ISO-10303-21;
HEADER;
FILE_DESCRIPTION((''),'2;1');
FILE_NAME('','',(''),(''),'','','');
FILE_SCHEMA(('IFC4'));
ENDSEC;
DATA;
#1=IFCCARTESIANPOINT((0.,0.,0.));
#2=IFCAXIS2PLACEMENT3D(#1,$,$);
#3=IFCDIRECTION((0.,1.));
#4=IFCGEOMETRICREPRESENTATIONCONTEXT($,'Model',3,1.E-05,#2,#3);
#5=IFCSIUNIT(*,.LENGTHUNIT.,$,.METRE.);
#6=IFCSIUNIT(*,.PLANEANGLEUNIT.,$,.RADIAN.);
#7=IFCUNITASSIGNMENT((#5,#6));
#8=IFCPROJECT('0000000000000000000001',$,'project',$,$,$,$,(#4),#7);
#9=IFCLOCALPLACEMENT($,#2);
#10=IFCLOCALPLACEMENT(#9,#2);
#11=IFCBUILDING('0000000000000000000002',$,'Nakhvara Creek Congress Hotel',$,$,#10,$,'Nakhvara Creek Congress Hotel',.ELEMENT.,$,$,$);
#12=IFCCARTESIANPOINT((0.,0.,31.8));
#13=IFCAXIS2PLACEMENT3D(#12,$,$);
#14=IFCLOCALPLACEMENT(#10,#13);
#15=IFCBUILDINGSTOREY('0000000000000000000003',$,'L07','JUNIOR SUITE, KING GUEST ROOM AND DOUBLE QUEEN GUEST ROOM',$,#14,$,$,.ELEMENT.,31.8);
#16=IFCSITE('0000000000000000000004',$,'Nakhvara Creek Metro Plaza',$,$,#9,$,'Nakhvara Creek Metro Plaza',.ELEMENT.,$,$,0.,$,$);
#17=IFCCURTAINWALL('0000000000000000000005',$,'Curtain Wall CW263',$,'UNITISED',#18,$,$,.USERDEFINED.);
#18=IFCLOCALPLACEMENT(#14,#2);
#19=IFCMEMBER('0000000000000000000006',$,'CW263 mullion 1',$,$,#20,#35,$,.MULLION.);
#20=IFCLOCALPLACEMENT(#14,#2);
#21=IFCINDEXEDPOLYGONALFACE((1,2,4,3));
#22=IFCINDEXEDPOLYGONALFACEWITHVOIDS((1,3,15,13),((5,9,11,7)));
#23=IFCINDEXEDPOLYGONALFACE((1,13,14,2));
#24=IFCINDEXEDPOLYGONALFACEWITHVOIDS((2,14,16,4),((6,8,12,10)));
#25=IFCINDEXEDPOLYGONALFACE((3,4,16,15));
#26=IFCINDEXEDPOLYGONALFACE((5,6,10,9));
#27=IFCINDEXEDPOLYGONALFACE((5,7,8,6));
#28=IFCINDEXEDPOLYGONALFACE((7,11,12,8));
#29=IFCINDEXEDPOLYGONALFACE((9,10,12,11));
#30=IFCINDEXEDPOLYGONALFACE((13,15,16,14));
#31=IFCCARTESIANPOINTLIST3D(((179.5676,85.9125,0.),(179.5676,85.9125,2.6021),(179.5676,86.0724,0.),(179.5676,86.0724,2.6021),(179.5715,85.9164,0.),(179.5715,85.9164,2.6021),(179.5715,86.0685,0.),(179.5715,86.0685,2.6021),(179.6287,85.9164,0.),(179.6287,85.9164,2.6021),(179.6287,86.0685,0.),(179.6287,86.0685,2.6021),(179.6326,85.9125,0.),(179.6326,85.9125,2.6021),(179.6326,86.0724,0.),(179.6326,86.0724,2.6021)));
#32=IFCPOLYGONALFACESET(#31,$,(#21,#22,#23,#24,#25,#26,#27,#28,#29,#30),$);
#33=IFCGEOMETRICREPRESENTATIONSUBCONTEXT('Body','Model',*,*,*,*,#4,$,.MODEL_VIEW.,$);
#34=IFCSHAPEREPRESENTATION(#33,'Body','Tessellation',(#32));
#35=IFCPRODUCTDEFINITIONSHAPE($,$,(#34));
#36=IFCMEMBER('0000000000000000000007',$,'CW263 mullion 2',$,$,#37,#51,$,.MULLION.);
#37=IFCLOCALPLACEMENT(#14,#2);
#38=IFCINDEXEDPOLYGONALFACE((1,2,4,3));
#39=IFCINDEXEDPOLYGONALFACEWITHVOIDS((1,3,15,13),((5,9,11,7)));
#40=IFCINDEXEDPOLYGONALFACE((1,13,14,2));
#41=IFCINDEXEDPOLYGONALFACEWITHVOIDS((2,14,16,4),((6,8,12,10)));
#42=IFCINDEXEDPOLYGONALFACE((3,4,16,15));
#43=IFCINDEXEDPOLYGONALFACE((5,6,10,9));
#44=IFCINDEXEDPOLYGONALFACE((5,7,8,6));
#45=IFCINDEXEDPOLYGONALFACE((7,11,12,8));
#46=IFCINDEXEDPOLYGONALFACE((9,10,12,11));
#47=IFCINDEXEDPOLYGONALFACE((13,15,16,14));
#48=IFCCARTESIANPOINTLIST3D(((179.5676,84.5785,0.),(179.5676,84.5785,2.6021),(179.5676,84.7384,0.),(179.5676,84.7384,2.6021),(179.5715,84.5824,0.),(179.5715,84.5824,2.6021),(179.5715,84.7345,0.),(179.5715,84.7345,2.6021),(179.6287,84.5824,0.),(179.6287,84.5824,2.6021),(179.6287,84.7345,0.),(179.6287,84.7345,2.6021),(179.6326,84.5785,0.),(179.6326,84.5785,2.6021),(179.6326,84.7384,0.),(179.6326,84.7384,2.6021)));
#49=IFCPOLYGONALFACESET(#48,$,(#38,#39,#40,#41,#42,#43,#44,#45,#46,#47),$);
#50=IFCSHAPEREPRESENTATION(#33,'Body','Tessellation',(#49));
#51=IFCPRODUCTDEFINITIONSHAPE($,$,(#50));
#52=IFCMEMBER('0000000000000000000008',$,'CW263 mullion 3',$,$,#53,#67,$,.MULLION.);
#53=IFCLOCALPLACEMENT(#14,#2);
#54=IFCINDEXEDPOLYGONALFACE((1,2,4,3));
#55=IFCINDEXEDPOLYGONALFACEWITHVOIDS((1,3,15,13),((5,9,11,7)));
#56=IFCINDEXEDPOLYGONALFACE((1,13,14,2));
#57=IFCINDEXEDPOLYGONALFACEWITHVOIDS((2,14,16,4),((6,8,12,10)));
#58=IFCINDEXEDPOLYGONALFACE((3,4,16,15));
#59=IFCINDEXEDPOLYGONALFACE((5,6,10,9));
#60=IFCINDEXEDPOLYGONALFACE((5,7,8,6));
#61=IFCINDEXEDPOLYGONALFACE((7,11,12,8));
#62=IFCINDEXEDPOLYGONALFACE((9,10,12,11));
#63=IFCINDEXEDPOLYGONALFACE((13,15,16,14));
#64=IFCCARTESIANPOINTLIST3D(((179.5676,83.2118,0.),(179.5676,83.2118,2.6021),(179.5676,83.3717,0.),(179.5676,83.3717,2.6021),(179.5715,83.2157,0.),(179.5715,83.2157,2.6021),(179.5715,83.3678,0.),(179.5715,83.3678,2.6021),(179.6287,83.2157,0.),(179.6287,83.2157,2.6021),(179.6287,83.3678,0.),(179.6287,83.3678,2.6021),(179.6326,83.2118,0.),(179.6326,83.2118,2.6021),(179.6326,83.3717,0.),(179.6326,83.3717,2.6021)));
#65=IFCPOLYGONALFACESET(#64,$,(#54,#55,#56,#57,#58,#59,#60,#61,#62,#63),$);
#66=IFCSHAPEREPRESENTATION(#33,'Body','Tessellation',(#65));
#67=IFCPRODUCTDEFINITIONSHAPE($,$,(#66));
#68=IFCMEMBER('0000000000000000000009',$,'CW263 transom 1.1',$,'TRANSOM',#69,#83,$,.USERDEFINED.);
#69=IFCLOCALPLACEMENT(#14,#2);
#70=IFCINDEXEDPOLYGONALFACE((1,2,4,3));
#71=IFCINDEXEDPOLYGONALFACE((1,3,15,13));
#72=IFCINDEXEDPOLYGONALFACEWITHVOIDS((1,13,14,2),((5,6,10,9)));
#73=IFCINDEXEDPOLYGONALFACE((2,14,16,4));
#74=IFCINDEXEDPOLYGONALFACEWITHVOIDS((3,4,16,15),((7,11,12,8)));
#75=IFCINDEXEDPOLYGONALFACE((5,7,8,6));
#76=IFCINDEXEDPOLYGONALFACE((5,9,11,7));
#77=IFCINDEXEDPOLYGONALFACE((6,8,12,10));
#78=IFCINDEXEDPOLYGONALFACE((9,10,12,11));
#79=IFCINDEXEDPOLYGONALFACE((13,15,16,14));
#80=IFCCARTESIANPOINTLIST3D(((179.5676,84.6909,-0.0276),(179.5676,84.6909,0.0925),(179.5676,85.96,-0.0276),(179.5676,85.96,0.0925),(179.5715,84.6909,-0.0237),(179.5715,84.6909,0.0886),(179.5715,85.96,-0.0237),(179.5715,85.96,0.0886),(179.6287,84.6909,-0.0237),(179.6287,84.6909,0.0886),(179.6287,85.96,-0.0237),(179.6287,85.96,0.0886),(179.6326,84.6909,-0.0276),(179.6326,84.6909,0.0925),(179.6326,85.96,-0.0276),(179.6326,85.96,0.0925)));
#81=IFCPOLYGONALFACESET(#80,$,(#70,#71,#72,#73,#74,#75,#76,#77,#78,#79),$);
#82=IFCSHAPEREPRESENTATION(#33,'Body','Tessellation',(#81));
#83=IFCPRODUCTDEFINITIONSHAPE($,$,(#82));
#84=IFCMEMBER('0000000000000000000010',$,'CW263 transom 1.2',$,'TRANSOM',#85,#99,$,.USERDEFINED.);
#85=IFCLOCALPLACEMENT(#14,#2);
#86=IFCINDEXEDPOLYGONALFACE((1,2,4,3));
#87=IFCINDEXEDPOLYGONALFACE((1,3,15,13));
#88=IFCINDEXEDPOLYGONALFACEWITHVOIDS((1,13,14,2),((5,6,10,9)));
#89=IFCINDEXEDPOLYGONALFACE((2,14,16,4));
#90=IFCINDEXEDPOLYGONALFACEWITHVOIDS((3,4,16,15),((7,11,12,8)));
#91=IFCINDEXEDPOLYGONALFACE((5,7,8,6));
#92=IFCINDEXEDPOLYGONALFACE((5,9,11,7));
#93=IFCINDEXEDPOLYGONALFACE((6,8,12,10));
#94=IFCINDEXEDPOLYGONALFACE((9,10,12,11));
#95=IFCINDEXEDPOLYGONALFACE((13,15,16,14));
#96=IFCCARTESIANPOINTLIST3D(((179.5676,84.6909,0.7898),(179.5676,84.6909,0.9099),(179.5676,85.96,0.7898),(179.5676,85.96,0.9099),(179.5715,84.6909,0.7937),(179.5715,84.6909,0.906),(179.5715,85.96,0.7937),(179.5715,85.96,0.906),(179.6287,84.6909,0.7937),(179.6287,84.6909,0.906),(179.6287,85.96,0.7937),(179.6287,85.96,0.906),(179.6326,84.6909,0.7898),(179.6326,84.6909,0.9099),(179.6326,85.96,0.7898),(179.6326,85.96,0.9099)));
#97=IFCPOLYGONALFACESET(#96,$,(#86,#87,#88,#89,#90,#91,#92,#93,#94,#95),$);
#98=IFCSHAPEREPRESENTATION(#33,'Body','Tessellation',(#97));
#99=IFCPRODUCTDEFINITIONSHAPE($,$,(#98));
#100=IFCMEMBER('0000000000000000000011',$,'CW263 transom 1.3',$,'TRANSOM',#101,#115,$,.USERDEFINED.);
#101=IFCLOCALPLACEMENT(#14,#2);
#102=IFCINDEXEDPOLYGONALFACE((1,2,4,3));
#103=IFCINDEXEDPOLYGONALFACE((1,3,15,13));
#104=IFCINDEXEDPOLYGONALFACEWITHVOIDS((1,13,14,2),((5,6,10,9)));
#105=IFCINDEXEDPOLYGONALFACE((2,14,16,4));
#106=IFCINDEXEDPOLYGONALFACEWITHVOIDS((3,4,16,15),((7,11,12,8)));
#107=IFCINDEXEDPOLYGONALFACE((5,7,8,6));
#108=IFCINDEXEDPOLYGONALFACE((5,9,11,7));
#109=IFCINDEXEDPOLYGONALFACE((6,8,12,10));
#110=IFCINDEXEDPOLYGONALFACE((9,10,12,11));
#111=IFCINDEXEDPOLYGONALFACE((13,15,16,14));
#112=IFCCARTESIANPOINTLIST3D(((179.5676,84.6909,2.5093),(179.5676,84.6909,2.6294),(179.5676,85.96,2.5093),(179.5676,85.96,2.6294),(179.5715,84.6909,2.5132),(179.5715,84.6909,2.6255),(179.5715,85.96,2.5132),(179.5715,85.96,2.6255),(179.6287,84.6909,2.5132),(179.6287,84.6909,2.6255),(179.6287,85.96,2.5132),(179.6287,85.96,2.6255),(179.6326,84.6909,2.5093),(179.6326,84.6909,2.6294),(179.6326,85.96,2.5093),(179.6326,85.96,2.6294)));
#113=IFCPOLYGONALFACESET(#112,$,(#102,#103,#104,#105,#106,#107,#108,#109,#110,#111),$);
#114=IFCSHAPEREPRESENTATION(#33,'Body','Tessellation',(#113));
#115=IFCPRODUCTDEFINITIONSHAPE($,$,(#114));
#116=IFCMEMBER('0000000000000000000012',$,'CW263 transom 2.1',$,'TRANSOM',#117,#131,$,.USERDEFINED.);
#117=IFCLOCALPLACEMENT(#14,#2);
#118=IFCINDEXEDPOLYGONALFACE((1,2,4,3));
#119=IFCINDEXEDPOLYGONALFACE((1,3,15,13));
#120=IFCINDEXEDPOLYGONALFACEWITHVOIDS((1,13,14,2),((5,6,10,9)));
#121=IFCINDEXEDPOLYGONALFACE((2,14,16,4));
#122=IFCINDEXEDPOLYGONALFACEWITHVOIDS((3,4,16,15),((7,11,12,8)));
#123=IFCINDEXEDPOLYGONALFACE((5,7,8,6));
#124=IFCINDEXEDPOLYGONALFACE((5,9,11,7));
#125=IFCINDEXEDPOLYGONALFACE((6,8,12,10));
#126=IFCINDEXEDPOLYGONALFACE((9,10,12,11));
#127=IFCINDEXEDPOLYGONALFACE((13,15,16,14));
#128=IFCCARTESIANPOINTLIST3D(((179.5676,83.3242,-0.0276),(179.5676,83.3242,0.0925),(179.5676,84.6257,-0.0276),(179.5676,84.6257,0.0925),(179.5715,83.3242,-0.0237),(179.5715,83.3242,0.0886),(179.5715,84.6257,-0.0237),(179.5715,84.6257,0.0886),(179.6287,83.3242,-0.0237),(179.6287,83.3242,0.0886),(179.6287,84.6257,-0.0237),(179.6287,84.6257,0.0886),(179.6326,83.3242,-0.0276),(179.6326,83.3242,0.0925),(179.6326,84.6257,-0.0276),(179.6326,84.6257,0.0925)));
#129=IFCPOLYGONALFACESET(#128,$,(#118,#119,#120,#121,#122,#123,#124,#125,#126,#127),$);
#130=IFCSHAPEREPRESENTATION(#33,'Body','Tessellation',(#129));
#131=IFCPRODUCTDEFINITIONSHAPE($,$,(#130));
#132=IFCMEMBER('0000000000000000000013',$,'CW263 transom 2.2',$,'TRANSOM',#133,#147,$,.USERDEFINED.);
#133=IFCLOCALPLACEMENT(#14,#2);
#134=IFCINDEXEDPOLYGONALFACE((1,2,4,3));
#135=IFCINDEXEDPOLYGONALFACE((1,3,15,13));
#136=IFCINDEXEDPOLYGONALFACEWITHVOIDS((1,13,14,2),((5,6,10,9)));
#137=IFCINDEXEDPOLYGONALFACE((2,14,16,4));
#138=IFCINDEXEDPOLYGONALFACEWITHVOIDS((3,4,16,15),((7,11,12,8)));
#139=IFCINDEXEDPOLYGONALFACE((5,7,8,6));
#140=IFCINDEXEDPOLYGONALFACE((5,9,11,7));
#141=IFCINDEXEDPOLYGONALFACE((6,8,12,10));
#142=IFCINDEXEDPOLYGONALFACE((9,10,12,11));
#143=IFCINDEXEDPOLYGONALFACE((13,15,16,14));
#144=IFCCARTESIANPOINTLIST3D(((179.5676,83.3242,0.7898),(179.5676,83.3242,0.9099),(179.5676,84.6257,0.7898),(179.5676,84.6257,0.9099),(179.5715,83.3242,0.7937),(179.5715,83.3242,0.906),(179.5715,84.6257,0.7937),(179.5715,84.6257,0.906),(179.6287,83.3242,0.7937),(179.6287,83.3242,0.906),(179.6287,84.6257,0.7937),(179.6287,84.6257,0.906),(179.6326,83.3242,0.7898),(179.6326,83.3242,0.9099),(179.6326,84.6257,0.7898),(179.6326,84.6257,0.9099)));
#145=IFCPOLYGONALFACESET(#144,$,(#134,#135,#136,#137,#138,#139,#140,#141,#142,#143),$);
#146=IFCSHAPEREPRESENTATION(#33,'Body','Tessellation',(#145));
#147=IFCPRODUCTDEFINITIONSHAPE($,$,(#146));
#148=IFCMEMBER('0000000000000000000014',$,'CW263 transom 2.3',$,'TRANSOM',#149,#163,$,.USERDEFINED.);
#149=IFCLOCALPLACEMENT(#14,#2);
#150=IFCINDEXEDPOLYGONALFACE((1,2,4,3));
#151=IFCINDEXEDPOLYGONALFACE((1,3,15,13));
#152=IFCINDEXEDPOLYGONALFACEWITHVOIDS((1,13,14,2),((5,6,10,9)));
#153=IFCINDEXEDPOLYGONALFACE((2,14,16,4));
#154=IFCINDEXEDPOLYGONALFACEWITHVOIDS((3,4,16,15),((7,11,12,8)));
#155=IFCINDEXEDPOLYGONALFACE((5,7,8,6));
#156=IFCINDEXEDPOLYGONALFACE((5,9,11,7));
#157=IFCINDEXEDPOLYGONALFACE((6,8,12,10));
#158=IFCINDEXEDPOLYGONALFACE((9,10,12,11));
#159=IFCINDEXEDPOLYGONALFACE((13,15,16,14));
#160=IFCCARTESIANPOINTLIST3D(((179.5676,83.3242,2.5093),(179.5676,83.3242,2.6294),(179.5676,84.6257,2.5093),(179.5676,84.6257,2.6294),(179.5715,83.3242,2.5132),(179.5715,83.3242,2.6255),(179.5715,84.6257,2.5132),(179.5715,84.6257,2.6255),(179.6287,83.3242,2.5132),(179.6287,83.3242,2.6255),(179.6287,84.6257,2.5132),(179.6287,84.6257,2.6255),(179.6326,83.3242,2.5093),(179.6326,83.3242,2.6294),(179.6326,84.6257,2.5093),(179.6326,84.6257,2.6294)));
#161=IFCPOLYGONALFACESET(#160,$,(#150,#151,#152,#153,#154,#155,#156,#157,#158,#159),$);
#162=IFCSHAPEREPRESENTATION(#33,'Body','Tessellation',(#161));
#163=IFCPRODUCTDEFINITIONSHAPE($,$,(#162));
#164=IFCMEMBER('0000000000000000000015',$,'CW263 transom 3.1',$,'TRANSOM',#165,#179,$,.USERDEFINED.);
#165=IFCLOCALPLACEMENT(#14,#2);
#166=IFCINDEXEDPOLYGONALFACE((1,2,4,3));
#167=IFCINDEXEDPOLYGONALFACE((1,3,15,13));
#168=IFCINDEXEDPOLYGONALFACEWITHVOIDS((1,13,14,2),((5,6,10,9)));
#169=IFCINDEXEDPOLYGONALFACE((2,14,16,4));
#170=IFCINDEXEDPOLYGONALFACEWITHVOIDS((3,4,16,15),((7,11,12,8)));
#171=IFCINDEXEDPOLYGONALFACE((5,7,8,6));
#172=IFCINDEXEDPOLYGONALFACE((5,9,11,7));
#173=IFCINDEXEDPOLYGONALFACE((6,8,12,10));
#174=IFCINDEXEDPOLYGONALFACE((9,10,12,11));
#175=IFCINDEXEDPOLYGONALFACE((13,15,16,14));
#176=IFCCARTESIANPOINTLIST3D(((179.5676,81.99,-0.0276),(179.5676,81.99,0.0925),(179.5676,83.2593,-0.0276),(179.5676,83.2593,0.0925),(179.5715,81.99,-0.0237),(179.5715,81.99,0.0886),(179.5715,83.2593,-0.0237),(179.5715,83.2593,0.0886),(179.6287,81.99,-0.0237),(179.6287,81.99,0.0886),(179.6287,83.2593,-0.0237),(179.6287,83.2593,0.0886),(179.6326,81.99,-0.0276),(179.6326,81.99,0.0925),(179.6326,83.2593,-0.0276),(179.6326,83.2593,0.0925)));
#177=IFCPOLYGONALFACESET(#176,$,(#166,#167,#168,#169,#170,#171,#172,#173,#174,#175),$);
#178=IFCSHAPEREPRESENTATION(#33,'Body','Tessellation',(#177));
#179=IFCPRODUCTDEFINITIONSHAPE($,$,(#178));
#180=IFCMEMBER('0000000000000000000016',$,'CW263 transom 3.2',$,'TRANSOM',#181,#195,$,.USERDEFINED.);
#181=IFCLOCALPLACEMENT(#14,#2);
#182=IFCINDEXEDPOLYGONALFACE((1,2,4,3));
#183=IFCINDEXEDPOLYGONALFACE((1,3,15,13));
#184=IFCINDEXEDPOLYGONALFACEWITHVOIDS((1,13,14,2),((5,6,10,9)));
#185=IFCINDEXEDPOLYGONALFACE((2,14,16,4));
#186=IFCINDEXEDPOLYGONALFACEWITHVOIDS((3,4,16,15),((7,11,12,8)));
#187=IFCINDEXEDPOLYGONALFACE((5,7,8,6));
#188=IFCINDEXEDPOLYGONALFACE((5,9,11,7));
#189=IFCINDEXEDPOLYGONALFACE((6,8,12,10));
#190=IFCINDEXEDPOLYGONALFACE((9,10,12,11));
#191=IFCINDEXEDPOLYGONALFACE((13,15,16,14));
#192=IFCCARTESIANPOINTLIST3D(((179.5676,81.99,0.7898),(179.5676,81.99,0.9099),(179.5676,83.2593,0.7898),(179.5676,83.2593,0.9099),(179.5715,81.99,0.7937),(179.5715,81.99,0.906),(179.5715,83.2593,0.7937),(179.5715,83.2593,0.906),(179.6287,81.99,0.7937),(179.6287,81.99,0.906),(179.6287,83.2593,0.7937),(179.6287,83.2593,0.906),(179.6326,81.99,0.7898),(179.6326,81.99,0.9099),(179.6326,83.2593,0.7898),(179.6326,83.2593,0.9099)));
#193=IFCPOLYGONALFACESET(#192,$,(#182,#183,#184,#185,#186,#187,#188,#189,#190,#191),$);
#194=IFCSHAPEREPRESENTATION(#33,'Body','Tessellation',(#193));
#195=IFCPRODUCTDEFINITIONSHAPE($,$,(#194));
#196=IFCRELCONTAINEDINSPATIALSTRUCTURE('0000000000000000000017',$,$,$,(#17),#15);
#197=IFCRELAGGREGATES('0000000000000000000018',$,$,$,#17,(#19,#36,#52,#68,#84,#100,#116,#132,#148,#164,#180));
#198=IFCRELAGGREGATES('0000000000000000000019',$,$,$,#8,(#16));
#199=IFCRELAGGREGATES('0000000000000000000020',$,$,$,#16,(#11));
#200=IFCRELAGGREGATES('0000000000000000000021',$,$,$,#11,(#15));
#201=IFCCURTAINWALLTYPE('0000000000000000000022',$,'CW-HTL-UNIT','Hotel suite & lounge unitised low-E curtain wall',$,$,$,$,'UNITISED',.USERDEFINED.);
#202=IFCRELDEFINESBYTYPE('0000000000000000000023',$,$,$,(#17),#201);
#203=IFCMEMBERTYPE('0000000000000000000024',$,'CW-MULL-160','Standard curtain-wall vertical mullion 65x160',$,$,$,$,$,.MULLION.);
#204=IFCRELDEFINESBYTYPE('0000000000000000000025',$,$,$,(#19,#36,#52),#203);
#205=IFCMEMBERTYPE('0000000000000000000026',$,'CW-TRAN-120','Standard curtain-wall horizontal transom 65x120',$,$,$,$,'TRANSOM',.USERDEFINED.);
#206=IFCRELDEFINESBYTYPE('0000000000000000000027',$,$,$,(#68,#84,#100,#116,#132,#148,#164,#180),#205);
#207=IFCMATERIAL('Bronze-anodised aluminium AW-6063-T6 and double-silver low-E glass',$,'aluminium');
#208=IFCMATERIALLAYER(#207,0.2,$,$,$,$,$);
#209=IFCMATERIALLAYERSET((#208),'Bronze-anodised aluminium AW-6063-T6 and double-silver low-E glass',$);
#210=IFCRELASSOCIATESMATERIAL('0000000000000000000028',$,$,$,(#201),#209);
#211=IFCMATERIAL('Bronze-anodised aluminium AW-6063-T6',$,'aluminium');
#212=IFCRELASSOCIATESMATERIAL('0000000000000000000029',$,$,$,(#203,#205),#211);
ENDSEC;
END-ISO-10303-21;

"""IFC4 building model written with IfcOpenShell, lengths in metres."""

from ifc_helpers import new_model, si_unit, direction, frame, origin, origin_2d, place, context, subcontext, project, spatial, hollow_rectangle, extrude, material, layer, layer_set, material_profile, profile_set, type_object, element, aggregate, save


model = new_model("IFC4")

# Units and contexts
model_context = context("Model", 3, precision=1e-05, world=origin(), true_north=direction((0.0, 1.0)))
body_context = subcontext(model_context, "Body", "Model", "MODEL_VIEW")
ifc_project = project(units=[si_unit("LENGTHUNIT", "METRE"), si_unit("PLANEANGLEUNIT", "RADIAN")], contexts=[model_context])

# Site, building, storey
site_placement = place(None, origin())
site = spatial("IfcSite", under=ifc_project, at=site_placement, Name="Nakhvara Creek Metro Plaza", LongName="Nakhvara Creek Metro Plaza", CompositionType="ELEMENT", RefElevation=0.0)
building_placement = place(site_placement, origin())
building = spatial("IfcBuilding", under=site, at=building_placement, Name="Nakhvara Creek Congress Hotel", LongName="Nakhvara Creek Congress Hotel", CompositionType="ELEMENT")
storey_placement = place(building_placement, frame((0.0, 0.0, 31.8)))
storey = spatial("IfcBuildingStorey", under=building, at=storey_placement, Name="L07", Description="JUNIOR SUITE, KING GUEST ROOM AND DOUBLE QUEEN GUEST ROOM", CompositionType="ELEMENT", Elevation=31.8)

# Curtain wall, members
ifc_material_1 = material(Name="Bronze-anodised aluminium AW-6063-T6 and double-silver low-E glass", Category="aluminium")
ifc_layer_1 = layer(ifc_material_1, 0.2)
ifc_layer_set_1 = layer_set([ifc_layer_1], Name="Bronze-anodised aluminium AW-6063-T6 and double-silver low-E glass")
curtain_wall_type = type_object("IfcCurtainWallType", Name="CW-HTL-UNIT", Description="Hotel suite & lounge unitised low-E curtain wall", ElementType="UNITISED", PredefinedType="USERDEFINED", material=ifc_layer_set_1)
curtain_wall_placement = place(storey_placement, origin())
curtain_wall = element("IfcCurtainWall", 1, at=curtain_wall_placement, inside=storey, type_object=curtain_wall_type, Name="Curtain Wall CW263", ObjectType="UNITISED", PredefinedType="USERDEFINED")
ifc_material_2 = material(Name="Bronze-anodised aluminium AW-6063-T6", Category="aluminium")
ifc_material_profile_1 = material_profile(ifc_material_2, hollow_rectangle(XDim=0.0649, YDim=0.1599, WallThickness=0.0039, at=origin_2d()), Name="ALU-MULL 65x160x4", Category="LoadBearing")
ifc_profile_set_1 = profile_set([ifc_material_profile_1], Name="Bronze-anodised aluminium AW-6063-T6")
member_type_1 = type_object("IfcMemberType", Name="CW-MULL-160", Description="Standard curtain-wall vertical mullion 65x160", PredefinedType="MULLION", material=ifc_profile_set_1)
member_1_placement = place(storey_placement, frame((179.6001, 85.9924, 0.0), z_axis=(0.0, 0.0, 1.0), x_axis=(1.0, 0.0, 0.0)))
member_1 = element("IfcMember", 2, at=member_1_placement, type_object=member_type_1, Name="CW263 mullion 1", PredefinedType="MULLION", context=body_context, shape_type="SweptSolid", body=[
    extrude(hollow_rectangle(XDim=0.0649, YDim=0.1599, WallThickness=0.0039, at=origin_2d()), origin(), (0.0, 0.0, 1.0), 2.6021),
])
member_2_placement = place(storey_placement, frame((179.6001, 84.6584, 0.0), z_axis=(0.0, 0.0, 1.0), x_axis=(1.0, 0.0, 0.0)))
member_2 = element("IfcMember", 3, at=member_2_placement, type_object=member_type_1, Name="CW263 mullion 2", PredefinedType="MULLION", context=body_context, shape_type="SweptSolid", body=[
    extrude(hollow_rectangle(XDim=0.0649, YDim=0.1599, WallThickness=0.0039, at=origin_2d()), origin(), (0.0, 0.0, 1.0), 2.6021),
])
member_3_placement = place(storey_placement, frame((179.6001, 83.2917, 0.0), z_axis=(0.0, 0.0, 1.0), x_axis=(1.0, 0.0, 0.0)))
member_3 = element("IfcMember", 4, at=member_3_placement, type_object=member_type_1, Name="CW263 mullion 3", PredefinedType="MULLION", context=body_context, shape_type="SweptSolid", body=[
    extrude(hollow_rectangle(XDim=0.0649, YDim=0.1599, WallThickness=0.0039, at=origin_2d()), origin(), (0.0, 0.0, 1.0), 2.6021),
])
ifc_material_profile_2 = material_profile(ifc_material_2, hollow_rectangle(XDim=0.0649, YDim=0.1201, WallThickness=0.0039, at=origin_2d()), Name="ALU-TRAN 65x120x4", Category="LoadBearing")
ifc_profile_set_2 = profile_set([ifc_material_profile_2], Name="Bronze-anodised aluminium AW-6063-T6")
member_type_2 = type_object("IfcMemberType", Name="CW-TRAN-120", Description="Standard curtain-wall horizontal transom 65x120", ElementType="TRANSOM", PredefinedType="USERDEFINED", material=ifc_profile_set_2)
member_4_placement = place(storey_placement, frame((179.6001, 85.96, 0.0325), z_axis=(0.0, -1.0, 0.0), x_axis=(1.0, 0.0, 0.0)))
member_4 = element("IfcMember", 5, at=member_4_placement, type_object=member_type_2, Name="CW263 transom 1.1", ObjectType="TRANSOM", PredefinedType="USERDEFINED", context=body_context, shape_type="SweptSolid", body=[
    extrude(hollow_rectangle(XDim=0.0649, YDim=0.1201, WallThickness=0.0039, at=origin_2d()), origin(), (0.0, 0.0, 1.0), 1.269),
])
member_5_placement = place(storey_placement, frame((179.6001, 85.96, 0.8499), z_axis=(0.0, -1.0, 0.0), x_axis=(1.0, 0.0, 0.0)))
member_5 = element("IfcMember", 6, at=member_5_placement, type_object=member_type_2, Name="CW263 transom 1.2", ObjectType="TRANSOM", PredefinedType="USERDEFINED", context=body_context, shape_type="SweptSolid", body=[
    extrude(hollow_rectangle(XDim=0.0649, YDim=0.1201, WallThickness=0.0039, at=origin_2d()), origin(), (0.0, 0.0, 1.0), 1.269),
])
member_6_placement = place(storey_placement, frame((179.6001, 85.96, 2.5693), z_axis=(0.0, -1.0, 0.0), x_axis=(1.0, 0.0, 0.0)))
member_6 = element("IfcMember", 7, at=member_6_placement, type_object=member_type_2, Name="CW263 transom 1.3", ObjectType="TRANSOM", PredefinedType="USERDEFINED", context=body_context, shape_type="SweptSolid", body=[
    extrude(hollow_rectangle(XDim=0.0649, YDim=0.1201, WallThickness=0.0039, at=origin_2d()), origin(), (0.0, 0.0, 1.0), 1.269),
])
member_7_placement = place(storey_placement, frame((179.6001, 84.6257, 0.0325), z_axis=(0.0, -1.0, 0.0), x_axis=(1.0, 0.0, 0.0)))
member_7 = element("IfcMember", 8, at=member_7_placement, type_object=member_type_2, Name="CW263 transom 2.1", ObjectType="TRANSOM", PredefinedType="USERDEFINED", context=body_context, shape_type="SweptSolid", body=[
    extrude(hollow_rectangle(XDim=0.0649, YDim=0.1201, WallThickness=0.0039, at=origin_2d()), origin(), (0.0, 0.0, 1.0), 1.3015),
])
member_8_placement = place(storey_placement, frame((179.6001, 84.6257, 0.8499), z_axis=(0.0, -1.0, 0.0), x_axis=(1.0, 0.0, 0.0)))
member_8 = element("IfcMember", 9, at=member_8_placement, type_object=member_type_2, Name="CW263 transom 2.2", ObjectType="TRANSOM", PredefinedType="USERDEFINED", context=body_context, shape_type="SweptSolid", body=[
    extrude(hollow_rectangle(XDim=0.0649, YDim=0.1201, WallThickness=0.0039, at=origin_2d()), origin(), (0.0, 0.0, 1.0), 1.3015),
])
member_9_placement = place(storey_placement, frame((179.6001, 84.6257, 2.5693), z_axis=(0.0, -1.0, 0.0), x_axis=(1.0, 0.0, 0.0)))
member_9 = element("IfcMember", 10, at=member_9_placement, type_object=member_type_2, Name="CW263 transom 2.3", ObjectType="TRANSOM", PredefinedType="USERDEFINED", context=body_context, shape_type="SweptSolid", body=[
    extrude(hollow_rectangle(XDim=0.0649, YDim=0.1201, WallThickness=0.0039, at=origin_2d()), origin(), (0.0, 0.0, 1.0), 1.3015),
])
member_10_placement = place(storey_placement, frame((179.6001, 83.2593, 0.0325), z_axis=(0.0, -1.0, 0.0), x_axis=(1.0, 0.0, 0.0)))
member_10 = element("IfcMember", 11, at=member_10_placement, type_object=member_type_2, Name="CW263 transom 3.1", ObjectType="TRANSOM", PredefinedType="USERDEFINED", context=body_context, shape_type="SweptSolid", body=[
    extrude(hollow_rectangle(XDim=0.0649, YDim=0.1201, WallThickness=0.0039, at=origin_2d()), origin(), (0.0, 0.0, 1.0), 1.2693),
])
member_11_placement = place(storey_placement, frame((179.6001, 83.2593, 0.8499), z_axis=(0.0, -1.0, 0.0), x_axis=(1.0, 0.0, 0.0)))
member_11 = element("IfcMember", 12, at=member_11_placement, type_object=member_type_2, Name="CW263 transom 3.2", ObjectType="TRANSOM", PredefinedType="USERDEFINED", context=body_context, shape_type="SweptSolid", body=[
    extrude(hollow_rectangle(XDim=0.0649, YDim=0.1201, WallThickness=0.0039, at=origin_2d()), origin(), (0.0, 0.0, 1.0), 1.2693),
])
aggregate(curtain_wall, [member_1, member_2, member_3, member_4, member_5, member_6, member_7, member_8, member_9, member_10, member_11])

save(model, "model.ifc")
